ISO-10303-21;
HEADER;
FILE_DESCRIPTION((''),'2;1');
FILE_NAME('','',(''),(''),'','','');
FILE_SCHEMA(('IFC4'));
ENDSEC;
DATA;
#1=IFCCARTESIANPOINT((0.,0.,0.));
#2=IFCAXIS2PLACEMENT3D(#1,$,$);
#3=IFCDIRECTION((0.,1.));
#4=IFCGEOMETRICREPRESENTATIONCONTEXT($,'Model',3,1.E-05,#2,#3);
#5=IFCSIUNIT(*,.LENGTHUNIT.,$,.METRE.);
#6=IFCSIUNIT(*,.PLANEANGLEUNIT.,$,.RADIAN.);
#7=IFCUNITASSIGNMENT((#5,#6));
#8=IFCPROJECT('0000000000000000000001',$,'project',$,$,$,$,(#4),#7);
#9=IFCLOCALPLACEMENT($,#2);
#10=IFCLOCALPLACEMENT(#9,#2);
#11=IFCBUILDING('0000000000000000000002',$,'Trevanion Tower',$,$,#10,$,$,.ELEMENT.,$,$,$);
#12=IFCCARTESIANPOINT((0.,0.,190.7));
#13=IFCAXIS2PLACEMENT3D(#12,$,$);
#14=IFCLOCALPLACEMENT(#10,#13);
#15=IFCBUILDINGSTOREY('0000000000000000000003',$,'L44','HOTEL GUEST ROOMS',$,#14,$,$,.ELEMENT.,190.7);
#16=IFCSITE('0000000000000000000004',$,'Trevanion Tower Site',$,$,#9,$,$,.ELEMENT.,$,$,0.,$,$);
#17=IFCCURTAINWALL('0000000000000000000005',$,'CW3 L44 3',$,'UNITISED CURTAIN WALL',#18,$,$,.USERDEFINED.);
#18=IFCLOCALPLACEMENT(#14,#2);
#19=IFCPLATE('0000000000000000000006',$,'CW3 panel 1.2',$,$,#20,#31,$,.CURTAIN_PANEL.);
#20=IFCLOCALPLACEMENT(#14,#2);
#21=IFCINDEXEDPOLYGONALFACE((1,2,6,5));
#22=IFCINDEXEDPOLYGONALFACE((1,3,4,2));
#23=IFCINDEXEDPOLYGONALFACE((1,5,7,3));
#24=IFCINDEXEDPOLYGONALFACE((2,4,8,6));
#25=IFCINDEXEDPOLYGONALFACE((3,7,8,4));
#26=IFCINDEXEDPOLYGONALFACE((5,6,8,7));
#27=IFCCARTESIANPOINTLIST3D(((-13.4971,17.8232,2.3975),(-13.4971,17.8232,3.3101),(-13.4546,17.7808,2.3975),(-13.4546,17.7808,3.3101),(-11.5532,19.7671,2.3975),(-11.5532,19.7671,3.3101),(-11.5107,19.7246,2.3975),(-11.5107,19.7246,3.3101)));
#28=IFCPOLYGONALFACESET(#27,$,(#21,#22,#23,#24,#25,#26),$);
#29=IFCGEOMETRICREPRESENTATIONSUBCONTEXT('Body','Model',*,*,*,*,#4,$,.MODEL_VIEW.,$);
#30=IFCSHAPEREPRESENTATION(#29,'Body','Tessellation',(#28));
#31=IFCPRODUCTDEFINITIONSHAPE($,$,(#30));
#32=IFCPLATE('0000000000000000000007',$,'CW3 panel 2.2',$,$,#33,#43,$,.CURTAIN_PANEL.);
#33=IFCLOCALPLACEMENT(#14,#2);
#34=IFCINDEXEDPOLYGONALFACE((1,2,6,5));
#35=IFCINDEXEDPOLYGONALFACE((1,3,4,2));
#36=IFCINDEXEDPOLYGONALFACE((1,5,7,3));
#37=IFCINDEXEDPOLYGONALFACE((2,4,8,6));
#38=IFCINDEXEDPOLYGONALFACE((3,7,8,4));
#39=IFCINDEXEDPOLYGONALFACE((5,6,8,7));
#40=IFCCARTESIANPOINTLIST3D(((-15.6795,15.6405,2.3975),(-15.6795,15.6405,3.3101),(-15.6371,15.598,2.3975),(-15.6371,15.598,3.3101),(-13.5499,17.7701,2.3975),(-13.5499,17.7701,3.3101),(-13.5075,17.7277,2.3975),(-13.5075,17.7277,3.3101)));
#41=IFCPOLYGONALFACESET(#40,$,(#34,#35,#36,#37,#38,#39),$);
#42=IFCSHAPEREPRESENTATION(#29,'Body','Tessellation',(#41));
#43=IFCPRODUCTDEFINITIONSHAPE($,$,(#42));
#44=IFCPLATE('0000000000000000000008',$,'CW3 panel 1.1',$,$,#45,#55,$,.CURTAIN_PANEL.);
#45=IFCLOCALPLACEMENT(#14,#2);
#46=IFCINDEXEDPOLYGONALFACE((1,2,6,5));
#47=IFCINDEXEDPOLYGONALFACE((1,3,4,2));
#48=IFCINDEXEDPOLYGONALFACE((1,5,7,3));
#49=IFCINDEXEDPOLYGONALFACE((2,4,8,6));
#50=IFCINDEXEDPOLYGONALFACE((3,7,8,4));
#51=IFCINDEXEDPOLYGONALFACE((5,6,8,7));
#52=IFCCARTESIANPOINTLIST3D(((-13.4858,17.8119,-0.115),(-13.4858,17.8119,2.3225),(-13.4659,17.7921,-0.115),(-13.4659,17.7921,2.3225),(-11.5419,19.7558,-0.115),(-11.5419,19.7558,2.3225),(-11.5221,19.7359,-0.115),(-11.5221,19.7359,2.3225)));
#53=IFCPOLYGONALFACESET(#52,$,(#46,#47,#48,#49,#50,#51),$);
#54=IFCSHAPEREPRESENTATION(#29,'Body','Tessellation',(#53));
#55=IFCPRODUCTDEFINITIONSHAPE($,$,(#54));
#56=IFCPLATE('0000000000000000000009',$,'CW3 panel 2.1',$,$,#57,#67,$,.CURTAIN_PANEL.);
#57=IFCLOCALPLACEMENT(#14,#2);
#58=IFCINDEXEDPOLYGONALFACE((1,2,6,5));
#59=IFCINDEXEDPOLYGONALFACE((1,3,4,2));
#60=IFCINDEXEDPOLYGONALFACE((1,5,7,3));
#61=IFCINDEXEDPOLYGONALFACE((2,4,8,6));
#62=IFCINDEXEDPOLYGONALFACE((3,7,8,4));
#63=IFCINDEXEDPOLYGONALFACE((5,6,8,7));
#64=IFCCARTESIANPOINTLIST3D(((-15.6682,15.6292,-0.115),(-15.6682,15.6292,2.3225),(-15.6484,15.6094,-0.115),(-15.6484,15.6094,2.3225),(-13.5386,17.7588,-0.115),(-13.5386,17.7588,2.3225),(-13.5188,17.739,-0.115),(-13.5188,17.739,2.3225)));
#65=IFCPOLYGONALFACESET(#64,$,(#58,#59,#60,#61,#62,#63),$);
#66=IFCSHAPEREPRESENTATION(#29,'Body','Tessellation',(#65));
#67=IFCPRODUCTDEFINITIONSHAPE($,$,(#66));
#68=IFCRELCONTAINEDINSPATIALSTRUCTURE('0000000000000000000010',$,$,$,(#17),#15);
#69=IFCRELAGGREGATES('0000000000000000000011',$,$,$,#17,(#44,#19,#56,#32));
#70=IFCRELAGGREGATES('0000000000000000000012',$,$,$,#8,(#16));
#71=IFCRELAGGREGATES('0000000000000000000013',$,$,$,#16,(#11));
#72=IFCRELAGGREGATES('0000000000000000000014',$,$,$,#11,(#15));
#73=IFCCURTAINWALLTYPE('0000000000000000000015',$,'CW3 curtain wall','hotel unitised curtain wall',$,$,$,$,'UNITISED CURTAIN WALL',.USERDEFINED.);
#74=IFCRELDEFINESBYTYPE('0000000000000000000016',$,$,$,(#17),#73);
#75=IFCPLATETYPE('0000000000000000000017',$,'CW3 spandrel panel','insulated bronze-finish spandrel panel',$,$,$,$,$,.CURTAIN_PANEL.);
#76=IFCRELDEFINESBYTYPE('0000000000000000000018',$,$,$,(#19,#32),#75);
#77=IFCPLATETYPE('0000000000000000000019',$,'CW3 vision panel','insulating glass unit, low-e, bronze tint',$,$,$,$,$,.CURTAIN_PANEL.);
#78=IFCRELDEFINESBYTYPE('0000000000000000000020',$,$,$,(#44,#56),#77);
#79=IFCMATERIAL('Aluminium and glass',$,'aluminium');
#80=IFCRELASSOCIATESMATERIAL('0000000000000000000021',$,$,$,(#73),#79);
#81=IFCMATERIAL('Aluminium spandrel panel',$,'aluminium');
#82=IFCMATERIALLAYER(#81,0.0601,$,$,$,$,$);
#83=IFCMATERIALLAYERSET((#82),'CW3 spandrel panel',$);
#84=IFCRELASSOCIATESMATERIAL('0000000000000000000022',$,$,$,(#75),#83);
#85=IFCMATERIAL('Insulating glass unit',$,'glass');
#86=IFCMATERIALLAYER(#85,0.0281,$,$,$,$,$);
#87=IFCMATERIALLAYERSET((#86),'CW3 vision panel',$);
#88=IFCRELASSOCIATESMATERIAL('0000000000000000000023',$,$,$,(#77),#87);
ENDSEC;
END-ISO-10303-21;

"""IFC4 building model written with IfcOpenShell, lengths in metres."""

from ifc_helpers import new_model, si_unit, direction, frame, origin, origin_2d, place, context, subcontext, project, spatial, rectangle, extrude, material, layer, layer_set, type_object, element, aggregate, save


model = new_model("IFC4")

# Units and contexts
model_context = context("Model", 3, precision=1e-05, world=origin(), true_north=direction((0.0, 1.0)))
body_context = subcontext(model_context, "Body", "Model", "MODEL_VIEW")
ifc_project = project(units=[si_unit("LENGTHUNIT", "METRE"), si_unit("PLANEANGLEUNIT", "RADIAN")], contexts=[model_context])

# Site, building, storey
site_placement = place(None, origin())
site = spatial("IfcSite", under=ifc_project, at=site_placement, Name="Trevanion Tower Site", CompositionType="ELEMENT", RefElevation=0.0)
building_placement = place(site_placement, origin())
building = spatial("IfcBuilding", under=site, at=building_placement, Name="Trevanion Tower", CompositionType="ELEMENT")
storey_placement = place(building_placement, frame((0.0, 0.0, 190.7)))
storey = spatial("IfcBuildingStorey", under=building, at=storey_placement, Name="L44", Description="HOTEL GUEST ROOMS", CompositionType="ELEMENT", Elevation=190.7)

# Curtain wall
ifc_material_1 = material(Name="Aluminium and glass", Category="aluminium")
curtain_wall_type = type_object("IfcCurtainWallType", Name="CW3 curtain wall", Description="hotel unitised curtain wall", ElementType="UNITISED CURTAIN WALL", PredefinedType="USERDEFINED", material=ifc_material_1)
curtain_wall_1_placement = place(storey_placement, origin())
curtain_wall_1 = element("IfcCurtainWall", 1, at=curtain_wall_1_placement, inside=storey, type_object=curtain_wall_type, Name="CW3 L44 3", ObjectType="UNITISED CURTAIN WALL", PredefinedType="USERDEFINED")

# Plates
ifc_material_2 = material(Name="Aluminium spandrel panel", Category="aluminium")
ifc_layer_1 = layer(ifc_material_2, 0.0601)
ifc_layer_set_1 = layer_set([ifc_layer_1], Name="CW3 spandrel panel")
plate_type_1 = type_object("IfcPlateType", Name="CW3 spandrel panel", Description="insulated bronze-finish spandrel panel", PredefinedType="CURTAIN_PANEL", material=ifc_layer_set_1)
plate_1_placement = place(storey_placement, frame((-12.5039, 18.7739, 2.3975), z_axis=(0.0, 0.0, 1.0), x_axis=(-0.707107, -0.707107, 0.0)))
plate_1 = element("IfcPlate", 2, at=plate_1_placement, type_object=plate_type_1, Name="CW3 panel 1.2", PredefinedType="CURTAIN_PANEL", context=body_context, shape_type="SweptSolid", body=[
    extrude(rectangle(XDim=2.749, YDim=0.0601, at=origin_2d()), origin(), (0.0, 0.0, 1.0), 0.9126),
])
plate_2_placement = place(storey_placement, frame((-14.5935, 16.6841, 2.3975), z_axis=(0.0, 0.0, 1.0), x_axis=(-0.707107, -0.707107, 0.0)))
plate_2 = element("IfcPlate", 3, at=plate_2_placement, type_object=plate_type_1, Name="CW3 panel 2.2", PredefinedType="CURTAIN_PANEL", context=body_context, shape_type="SweptSolid", body=[
    extrude(rectangle(XDim=3.0117, YDim=0.0601, at=origin_2d()), origin(), (0.0, 0.0, 1.0), 0.9126),
])
ifc_material_3 = material(Name="Insulating glass unit", Category="glass")
ifc_layer_2 = layer(ifc_material_3, 0.0281)
ifc_layer_set_2 = layer_set([ifc_layer_2], Name="CW3 vision panel")
plate_type_2 = type_object("IfcPlateType", Name="CW3 vision panel", Description="insulating glass unit, low-e, bronze tint", PredefinedType="CURTAIN_PANEL", material=ifc_layer_set_2)
plate_3_placement = place(storey_placement, frame((-12.5039, 18.7739, -0.115), z_axis=(0.0, 0.0, 1.0), x_axis=(-0.707107, -0.707107, 0.0)))
plate_3 = element("IfcPlate", 4, at=plate_3_placement, type_object=plate_type_2, Name="CW3 panel 1.1", PredefinedType="CURTAIN_PANEL", context=body_context, shape_type="SweptSolid", body=[
    extrude(rectangle(XDim=2.749, YDim=0.0281, at=origin_2d()), origin(), (0.0, 0.0, 1.0), 2.4375),
])
plate_4_placement = place(storey_placement, frame((-14.5935, 16.6841, -0.115), z_axis=(0.0, 0.0, 1.0), x_axis=(-0.707107, -0.707107, 0.0)))
plate_4 = element("IfcPlate", 5, at=plate_4_placement, type_object=plate_type_2, Name="CW3 panel 2.1", PredefinedType="CURTAIN_PANEL", context=body_context, shape_type="SweptSolid", body=[
    extrude(rectangle(XDim=3.0117, YDim=0.0281, at=origin_2d()), origin(), (0.0, 0.0, 1.0), 2.4375),
])
aggregate(curtain_wall_1, [plate_3, plate_1, plate_4, plate_2])

save(model, "model.ifc")
